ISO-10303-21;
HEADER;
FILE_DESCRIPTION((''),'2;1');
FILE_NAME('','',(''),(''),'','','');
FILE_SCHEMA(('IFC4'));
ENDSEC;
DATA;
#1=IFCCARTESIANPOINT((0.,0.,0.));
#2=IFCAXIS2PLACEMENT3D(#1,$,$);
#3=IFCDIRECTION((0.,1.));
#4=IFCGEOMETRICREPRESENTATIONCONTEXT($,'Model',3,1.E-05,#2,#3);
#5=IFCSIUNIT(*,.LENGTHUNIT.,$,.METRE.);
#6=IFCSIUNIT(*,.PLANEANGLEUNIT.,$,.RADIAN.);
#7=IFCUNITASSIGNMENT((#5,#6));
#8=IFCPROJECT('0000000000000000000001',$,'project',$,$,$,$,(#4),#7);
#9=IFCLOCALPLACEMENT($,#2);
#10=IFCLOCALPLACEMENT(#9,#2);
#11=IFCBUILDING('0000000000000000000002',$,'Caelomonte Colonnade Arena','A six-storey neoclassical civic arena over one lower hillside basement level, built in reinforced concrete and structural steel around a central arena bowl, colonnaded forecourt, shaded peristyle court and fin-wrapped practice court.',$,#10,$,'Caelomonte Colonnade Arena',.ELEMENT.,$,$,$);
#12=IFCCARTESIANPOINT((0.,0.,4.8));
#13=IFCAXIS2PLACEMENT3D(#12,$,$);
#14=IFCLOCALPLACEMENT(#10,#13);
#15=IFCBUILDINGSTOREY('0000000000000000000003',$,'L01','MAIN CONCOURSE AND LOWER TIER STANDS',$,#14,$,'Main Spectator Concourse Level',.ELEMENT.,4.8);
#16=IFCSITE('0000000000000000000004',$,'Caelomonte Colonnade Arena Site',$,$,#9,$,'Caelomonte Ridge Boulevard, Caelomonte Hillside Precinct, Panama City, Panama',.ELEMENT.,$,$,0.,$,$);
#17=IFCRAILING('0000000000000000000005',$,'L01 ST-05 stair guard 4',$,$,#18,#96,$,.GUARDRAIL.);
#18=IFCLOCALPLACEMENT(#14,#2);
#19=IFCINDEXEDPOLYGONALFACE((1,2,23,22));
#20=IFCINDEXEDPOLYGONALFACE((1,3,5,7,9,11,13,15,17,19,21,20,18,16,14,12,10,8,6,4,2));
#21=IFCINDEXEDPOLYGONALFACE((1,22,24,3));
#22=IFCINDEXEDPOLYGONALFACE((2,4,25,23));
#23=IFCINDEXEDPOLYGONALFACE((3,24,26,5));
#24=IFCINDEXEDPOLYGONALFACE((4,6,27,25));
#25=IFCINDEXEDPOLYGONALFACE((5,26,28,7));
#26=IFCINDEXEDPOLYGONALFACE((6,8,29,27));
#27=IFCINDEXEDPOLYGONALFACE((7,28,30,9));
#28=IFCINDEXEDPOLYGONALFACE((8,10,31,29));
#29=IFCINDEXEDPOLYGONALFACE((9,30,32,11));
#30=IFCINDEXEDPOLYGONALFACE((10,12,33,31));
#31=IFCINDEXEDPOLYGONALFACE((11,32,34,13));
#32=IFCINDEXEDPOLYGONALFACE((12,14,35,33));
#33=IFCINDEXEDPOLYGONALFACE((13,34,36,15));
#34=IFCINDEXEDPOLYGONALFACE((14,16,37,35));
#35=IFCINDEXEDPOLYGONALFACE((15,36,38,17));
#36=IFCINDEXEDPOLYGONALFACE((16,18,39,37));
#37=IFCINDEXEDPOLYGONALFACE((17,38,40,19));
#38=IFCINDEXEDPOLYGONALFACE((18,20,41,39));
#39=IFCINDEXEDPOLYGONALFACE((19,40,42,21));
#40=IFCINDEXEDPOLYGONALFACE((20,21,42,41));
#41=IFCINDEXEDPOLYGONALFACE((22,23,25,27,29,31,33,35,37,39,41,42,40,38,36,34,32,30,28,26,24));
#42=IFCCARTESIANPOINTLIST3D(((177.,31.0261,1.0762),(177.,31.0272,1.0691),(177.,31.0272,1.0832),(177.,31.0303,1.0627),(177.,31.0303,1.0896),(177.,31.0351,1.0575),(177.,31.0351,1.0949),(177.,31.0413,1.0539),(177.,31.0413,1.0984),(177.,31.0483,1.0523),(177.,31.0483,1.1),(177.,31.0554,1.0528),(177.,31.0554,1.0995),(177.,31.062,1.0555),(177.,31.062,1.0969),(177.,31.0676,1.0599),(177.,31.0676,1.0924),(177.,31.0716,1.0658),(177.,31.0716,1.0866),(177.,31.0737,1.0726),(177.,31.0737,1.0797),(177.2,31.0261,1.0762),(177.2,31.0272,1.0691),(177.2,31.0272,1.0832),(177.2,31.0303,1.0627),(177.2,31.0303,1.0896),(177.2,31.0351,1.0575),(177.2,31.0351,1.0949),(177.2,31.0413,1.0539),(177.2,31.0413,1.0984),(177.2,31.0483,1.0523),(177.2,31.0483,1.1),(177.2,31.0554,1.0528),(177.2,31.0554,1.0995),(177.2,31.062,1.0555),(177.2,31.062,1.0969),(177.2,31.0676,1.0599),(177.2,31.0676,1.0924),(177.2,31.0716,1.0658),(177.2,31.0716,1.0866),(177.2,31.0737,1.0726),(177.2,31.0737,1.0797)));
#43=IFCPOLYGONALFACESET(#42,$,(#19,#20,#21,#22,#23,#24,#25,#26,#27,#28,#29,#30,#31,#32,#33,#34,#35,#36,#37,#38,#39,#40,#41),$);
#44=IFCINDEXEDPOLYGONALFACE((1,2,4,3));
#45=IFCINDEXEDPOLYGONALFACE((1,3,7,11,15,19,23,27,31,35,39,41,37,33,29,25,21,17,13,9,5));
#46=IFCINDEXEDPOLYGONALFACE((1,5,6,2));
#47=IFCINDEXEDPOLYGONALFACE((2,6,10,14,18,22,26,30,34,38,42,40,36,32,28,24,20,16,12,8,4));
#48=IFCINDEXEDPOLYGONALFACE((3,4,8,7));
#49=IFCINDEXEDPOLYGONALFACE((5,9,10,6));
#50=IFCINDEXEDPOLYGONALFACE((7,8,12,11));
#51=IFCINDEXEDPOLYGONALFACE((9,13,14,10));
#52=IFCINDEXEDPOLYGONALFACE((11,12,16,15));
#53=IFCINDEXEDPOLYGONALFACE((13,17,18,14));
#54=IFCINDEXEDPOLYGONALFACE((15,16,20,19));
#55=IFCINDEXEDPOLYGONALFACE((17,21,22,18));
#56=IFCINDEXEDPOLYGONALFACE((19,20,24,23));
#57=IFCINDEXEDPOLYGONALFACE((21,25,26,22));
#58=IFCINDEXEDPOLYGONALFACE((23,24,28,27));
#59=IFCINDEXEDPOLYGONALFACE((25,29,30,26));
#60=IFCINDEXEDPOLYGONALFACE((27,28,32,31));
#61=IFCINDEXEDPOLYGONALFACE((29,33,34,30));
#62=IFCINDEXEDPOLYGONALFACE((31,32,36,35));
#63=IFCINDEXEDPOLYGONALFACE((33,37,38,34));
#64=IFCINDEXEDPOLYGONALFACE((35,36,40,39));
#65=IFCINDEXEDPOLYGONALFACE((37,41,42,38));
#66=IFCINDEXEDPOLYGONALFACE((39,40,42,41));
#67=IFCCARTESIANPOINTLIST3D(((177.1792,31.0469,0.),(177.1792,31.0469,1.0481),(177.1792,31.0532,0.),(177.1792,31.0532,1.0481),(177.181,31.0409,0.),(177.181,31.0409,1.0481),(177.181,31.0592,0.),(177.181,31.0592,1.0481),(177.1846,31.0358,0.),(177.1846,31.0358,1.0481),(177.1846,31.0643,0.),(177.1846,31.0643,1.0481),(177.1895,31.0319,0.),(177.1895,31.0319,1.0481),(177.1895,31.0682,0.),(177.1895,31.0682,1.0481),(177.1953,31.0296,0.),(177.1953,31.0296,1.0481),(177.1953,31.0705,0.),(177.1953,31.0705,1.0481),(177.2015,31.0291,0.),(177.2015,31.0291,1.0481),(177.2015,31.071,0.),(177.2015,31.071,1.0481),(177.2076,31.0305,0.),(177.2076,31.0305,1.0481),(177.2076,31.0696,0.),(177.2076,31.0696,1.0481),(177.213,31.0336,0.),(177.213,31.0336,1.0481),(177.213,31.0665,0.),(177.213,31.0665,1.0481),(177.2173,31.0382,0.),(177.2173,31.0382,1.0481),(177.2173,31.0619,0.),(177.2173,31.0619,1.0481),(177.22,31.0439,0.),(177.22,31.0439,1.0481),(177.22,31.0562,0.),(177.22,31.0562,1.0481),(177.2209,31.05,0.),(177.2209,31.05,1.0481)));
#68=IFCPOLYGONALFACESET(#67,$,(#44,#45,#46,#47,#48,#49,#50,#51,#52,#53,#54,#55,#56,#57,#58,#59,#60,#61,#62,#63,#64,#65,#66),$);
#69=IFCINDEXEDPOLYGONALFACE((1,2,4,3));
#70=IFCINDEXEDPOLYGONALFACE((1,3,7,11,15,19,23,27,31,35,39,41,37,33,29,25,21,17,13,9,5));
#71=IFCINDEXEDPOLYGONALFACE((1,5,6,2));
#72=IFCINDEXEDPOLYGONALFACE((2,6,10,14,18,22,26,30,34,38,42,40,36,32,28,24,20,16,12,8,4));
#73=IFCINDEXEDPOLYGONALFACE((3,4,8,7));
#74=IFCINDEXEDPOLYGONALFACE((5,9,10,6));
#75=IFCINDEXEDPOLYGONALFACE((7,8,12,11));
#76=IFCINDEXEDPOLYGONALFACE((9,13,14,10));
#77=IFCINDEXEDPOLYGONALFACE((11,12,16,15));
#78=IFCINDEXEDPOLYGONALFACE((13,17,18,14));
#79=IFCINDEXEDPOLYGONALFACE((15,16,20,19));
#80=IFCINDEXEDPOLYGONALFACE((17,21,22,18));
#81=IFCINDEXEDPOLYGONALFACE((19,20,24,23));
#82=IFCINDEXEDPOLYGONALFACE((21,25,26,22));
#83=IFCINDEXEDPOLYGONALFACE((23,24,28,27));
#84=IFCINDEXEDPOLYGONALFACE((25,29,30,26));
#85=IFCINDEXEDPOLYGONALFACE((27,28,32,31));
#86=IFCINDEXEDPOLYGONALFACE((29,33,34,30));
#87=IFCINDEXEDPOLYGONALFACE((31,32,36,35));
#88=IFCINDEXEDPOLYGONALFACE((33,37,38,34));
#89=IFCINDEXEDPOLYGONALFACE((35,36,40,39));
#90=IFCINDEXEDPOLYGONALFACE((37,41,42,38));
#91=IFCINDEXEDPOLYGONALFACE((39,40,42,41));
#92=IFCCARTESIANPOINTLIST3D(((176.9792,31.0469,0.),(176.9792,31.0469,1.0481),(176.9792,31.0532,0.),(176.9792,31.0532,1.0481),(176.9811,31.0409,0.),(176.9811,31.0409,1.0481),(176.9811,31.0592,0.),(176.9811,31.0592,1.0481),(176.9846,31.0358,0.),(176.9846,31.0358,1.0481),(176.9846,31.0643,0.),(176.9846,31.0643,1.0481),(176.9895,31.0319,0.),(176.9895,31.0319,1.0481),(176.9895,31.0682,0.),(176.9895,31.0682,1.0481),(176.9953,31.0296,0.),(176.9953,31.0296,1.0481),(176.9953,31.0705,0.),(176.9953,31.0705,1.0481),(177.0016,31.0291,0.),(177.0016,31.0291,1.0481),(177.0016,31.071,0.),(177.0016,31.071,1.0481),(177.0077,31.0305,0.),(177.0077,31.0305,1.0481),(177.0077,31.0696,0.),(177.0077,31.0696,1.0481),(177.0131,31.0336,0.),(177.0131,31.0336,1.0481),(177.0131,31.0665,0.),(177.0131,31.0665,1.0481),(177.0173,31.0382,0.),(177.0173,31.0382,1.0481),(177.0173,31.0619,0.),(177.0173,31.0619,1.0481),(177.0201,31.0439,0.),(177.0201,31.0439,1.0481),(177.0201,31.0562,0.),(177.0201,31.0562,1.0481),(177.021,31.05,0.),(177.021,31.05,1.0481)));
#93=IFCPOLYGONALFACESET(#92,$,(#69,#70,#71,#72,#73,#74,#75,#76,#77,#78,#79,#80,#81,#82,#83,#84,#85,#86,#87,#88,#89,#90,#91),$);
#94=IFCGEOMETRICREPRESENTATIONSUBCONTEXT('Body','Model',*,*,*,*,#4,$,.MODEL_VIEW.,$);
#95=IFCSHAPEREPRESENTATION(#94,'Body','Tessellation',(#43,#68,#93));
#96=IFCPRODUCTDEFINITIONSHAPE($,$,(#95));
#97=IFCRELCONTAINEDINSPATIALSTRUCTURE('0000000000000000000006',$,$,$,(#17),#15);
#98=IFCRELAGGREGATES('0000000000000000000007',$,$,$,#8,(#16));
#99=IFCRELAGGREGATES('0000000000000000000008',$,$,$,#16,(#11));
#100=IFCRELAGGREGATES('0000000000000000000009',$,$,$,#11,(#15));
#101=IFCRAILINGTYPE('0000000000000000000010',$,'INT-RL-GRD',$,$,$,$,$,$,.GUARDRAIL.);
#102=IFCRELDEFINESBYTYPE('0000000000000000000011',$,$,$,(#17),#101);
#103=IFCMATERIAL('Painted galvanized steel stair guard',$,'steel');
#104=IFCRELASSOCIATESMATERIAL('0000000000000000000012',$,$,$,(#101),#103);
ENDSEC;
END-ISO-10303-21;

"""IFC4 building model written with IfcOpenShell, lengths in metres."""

from ifc_helpers import new_model, si_unit, direction, frame, origin, origin_2d, place, context, subcontext, project, spatial, circle, extrude, material, type_object, element, save


model = new_model("IFC4")

# Units and contexts
model_context = context("Model", 3, precision=1e-05, world=origin(), true_north=direction((0.0, 1.0)))
body_context = subcontext(model_context, "Body", "Model", "MODEL_VIEW")
ifc_project = project(units=[si_unit("LENGTHUNIT", "METRE"), si_unit("PLANEANGLEUNIT", "RADIAN")], contexts=[model_context])

# Site, building, storey
site_placement = place(None, origin())
site = spatial("IfcSite", under=ifc_project, at=site_placement, Name="Caelomonte Colonnade Arena Site", LongName="Caelomonte Ridge Boulevard, Caelomonte Hillside Precinct, Panama City, Panama", CompositionType="ELEMENT", RefElevation=0.0)
building_placement = place(site_placement, origin())
building = spatial("IfcBuilding", under=site, at=building_placement, Name="Caelomonte Colonnade Arena", Description="A six-storey neoclassical civic arena over one lower hillside basement level, built in reinforced concrete and structural steel around a central arena bowl, colonnaded forecourt, shaded peristyle court and fin-wrapped practice court.", LongName="Caelomonte Colonnade Arena", CompositionType="ELEMENT")
storey_placement = place(building_placement, frame((0.0, 0.0, 4.8)))
storey = spatial("IfcBuildingStorey", under=building, at=storey_placement, Name="L01", Description="MAIN CONCOURSE AND LOWER TIER STANDS", LongName="Main Spectator Concourse Level", CompositionType="ELEMENT", Elevation=4.8)

# Railing
ifc_material_1 = material(Name="Painted galvanized steel stair guard", Category="steel")
railing_type_1 = type_object("IfcRailingType", Name="INT-RL-GRD", PredefinedType="GUARDRAIL", material=ifc_material_1)
railing_1_placement = place(storey_placement, frame((177.2, 31.05, 0.0)))
element("IfcRailing", 1, at=railing_1_placement, inside=storey, type_object=railing_type_1, Name="L01 ST-05 stair guard 4", PredefinedType="GUARDRAIL", context=body_context, shape_type="SweptSolid", body=[
    extrude(circle(Radius=0.0239, at=origin_2d()), frame((0.0, 0.0, 1.0762), z_axis=(-1.0, 0.0, 0.0), x_axis=(0.0, -1.0, 0.0)), (0.0, 0.0, 1.0), 0.2),
    extrude(circle(Radius=0.021, at=origin_2d()), origin(), (0.0, 0.0, 1.0), 1.0481),
    extrude(circle(Radius=0.021, at=origin_2d()), frame((-0.2, 0.0, 0.0)), (0.0, 0.0, 1.0), 1.0481),
])

save(model, "model.ifc")
